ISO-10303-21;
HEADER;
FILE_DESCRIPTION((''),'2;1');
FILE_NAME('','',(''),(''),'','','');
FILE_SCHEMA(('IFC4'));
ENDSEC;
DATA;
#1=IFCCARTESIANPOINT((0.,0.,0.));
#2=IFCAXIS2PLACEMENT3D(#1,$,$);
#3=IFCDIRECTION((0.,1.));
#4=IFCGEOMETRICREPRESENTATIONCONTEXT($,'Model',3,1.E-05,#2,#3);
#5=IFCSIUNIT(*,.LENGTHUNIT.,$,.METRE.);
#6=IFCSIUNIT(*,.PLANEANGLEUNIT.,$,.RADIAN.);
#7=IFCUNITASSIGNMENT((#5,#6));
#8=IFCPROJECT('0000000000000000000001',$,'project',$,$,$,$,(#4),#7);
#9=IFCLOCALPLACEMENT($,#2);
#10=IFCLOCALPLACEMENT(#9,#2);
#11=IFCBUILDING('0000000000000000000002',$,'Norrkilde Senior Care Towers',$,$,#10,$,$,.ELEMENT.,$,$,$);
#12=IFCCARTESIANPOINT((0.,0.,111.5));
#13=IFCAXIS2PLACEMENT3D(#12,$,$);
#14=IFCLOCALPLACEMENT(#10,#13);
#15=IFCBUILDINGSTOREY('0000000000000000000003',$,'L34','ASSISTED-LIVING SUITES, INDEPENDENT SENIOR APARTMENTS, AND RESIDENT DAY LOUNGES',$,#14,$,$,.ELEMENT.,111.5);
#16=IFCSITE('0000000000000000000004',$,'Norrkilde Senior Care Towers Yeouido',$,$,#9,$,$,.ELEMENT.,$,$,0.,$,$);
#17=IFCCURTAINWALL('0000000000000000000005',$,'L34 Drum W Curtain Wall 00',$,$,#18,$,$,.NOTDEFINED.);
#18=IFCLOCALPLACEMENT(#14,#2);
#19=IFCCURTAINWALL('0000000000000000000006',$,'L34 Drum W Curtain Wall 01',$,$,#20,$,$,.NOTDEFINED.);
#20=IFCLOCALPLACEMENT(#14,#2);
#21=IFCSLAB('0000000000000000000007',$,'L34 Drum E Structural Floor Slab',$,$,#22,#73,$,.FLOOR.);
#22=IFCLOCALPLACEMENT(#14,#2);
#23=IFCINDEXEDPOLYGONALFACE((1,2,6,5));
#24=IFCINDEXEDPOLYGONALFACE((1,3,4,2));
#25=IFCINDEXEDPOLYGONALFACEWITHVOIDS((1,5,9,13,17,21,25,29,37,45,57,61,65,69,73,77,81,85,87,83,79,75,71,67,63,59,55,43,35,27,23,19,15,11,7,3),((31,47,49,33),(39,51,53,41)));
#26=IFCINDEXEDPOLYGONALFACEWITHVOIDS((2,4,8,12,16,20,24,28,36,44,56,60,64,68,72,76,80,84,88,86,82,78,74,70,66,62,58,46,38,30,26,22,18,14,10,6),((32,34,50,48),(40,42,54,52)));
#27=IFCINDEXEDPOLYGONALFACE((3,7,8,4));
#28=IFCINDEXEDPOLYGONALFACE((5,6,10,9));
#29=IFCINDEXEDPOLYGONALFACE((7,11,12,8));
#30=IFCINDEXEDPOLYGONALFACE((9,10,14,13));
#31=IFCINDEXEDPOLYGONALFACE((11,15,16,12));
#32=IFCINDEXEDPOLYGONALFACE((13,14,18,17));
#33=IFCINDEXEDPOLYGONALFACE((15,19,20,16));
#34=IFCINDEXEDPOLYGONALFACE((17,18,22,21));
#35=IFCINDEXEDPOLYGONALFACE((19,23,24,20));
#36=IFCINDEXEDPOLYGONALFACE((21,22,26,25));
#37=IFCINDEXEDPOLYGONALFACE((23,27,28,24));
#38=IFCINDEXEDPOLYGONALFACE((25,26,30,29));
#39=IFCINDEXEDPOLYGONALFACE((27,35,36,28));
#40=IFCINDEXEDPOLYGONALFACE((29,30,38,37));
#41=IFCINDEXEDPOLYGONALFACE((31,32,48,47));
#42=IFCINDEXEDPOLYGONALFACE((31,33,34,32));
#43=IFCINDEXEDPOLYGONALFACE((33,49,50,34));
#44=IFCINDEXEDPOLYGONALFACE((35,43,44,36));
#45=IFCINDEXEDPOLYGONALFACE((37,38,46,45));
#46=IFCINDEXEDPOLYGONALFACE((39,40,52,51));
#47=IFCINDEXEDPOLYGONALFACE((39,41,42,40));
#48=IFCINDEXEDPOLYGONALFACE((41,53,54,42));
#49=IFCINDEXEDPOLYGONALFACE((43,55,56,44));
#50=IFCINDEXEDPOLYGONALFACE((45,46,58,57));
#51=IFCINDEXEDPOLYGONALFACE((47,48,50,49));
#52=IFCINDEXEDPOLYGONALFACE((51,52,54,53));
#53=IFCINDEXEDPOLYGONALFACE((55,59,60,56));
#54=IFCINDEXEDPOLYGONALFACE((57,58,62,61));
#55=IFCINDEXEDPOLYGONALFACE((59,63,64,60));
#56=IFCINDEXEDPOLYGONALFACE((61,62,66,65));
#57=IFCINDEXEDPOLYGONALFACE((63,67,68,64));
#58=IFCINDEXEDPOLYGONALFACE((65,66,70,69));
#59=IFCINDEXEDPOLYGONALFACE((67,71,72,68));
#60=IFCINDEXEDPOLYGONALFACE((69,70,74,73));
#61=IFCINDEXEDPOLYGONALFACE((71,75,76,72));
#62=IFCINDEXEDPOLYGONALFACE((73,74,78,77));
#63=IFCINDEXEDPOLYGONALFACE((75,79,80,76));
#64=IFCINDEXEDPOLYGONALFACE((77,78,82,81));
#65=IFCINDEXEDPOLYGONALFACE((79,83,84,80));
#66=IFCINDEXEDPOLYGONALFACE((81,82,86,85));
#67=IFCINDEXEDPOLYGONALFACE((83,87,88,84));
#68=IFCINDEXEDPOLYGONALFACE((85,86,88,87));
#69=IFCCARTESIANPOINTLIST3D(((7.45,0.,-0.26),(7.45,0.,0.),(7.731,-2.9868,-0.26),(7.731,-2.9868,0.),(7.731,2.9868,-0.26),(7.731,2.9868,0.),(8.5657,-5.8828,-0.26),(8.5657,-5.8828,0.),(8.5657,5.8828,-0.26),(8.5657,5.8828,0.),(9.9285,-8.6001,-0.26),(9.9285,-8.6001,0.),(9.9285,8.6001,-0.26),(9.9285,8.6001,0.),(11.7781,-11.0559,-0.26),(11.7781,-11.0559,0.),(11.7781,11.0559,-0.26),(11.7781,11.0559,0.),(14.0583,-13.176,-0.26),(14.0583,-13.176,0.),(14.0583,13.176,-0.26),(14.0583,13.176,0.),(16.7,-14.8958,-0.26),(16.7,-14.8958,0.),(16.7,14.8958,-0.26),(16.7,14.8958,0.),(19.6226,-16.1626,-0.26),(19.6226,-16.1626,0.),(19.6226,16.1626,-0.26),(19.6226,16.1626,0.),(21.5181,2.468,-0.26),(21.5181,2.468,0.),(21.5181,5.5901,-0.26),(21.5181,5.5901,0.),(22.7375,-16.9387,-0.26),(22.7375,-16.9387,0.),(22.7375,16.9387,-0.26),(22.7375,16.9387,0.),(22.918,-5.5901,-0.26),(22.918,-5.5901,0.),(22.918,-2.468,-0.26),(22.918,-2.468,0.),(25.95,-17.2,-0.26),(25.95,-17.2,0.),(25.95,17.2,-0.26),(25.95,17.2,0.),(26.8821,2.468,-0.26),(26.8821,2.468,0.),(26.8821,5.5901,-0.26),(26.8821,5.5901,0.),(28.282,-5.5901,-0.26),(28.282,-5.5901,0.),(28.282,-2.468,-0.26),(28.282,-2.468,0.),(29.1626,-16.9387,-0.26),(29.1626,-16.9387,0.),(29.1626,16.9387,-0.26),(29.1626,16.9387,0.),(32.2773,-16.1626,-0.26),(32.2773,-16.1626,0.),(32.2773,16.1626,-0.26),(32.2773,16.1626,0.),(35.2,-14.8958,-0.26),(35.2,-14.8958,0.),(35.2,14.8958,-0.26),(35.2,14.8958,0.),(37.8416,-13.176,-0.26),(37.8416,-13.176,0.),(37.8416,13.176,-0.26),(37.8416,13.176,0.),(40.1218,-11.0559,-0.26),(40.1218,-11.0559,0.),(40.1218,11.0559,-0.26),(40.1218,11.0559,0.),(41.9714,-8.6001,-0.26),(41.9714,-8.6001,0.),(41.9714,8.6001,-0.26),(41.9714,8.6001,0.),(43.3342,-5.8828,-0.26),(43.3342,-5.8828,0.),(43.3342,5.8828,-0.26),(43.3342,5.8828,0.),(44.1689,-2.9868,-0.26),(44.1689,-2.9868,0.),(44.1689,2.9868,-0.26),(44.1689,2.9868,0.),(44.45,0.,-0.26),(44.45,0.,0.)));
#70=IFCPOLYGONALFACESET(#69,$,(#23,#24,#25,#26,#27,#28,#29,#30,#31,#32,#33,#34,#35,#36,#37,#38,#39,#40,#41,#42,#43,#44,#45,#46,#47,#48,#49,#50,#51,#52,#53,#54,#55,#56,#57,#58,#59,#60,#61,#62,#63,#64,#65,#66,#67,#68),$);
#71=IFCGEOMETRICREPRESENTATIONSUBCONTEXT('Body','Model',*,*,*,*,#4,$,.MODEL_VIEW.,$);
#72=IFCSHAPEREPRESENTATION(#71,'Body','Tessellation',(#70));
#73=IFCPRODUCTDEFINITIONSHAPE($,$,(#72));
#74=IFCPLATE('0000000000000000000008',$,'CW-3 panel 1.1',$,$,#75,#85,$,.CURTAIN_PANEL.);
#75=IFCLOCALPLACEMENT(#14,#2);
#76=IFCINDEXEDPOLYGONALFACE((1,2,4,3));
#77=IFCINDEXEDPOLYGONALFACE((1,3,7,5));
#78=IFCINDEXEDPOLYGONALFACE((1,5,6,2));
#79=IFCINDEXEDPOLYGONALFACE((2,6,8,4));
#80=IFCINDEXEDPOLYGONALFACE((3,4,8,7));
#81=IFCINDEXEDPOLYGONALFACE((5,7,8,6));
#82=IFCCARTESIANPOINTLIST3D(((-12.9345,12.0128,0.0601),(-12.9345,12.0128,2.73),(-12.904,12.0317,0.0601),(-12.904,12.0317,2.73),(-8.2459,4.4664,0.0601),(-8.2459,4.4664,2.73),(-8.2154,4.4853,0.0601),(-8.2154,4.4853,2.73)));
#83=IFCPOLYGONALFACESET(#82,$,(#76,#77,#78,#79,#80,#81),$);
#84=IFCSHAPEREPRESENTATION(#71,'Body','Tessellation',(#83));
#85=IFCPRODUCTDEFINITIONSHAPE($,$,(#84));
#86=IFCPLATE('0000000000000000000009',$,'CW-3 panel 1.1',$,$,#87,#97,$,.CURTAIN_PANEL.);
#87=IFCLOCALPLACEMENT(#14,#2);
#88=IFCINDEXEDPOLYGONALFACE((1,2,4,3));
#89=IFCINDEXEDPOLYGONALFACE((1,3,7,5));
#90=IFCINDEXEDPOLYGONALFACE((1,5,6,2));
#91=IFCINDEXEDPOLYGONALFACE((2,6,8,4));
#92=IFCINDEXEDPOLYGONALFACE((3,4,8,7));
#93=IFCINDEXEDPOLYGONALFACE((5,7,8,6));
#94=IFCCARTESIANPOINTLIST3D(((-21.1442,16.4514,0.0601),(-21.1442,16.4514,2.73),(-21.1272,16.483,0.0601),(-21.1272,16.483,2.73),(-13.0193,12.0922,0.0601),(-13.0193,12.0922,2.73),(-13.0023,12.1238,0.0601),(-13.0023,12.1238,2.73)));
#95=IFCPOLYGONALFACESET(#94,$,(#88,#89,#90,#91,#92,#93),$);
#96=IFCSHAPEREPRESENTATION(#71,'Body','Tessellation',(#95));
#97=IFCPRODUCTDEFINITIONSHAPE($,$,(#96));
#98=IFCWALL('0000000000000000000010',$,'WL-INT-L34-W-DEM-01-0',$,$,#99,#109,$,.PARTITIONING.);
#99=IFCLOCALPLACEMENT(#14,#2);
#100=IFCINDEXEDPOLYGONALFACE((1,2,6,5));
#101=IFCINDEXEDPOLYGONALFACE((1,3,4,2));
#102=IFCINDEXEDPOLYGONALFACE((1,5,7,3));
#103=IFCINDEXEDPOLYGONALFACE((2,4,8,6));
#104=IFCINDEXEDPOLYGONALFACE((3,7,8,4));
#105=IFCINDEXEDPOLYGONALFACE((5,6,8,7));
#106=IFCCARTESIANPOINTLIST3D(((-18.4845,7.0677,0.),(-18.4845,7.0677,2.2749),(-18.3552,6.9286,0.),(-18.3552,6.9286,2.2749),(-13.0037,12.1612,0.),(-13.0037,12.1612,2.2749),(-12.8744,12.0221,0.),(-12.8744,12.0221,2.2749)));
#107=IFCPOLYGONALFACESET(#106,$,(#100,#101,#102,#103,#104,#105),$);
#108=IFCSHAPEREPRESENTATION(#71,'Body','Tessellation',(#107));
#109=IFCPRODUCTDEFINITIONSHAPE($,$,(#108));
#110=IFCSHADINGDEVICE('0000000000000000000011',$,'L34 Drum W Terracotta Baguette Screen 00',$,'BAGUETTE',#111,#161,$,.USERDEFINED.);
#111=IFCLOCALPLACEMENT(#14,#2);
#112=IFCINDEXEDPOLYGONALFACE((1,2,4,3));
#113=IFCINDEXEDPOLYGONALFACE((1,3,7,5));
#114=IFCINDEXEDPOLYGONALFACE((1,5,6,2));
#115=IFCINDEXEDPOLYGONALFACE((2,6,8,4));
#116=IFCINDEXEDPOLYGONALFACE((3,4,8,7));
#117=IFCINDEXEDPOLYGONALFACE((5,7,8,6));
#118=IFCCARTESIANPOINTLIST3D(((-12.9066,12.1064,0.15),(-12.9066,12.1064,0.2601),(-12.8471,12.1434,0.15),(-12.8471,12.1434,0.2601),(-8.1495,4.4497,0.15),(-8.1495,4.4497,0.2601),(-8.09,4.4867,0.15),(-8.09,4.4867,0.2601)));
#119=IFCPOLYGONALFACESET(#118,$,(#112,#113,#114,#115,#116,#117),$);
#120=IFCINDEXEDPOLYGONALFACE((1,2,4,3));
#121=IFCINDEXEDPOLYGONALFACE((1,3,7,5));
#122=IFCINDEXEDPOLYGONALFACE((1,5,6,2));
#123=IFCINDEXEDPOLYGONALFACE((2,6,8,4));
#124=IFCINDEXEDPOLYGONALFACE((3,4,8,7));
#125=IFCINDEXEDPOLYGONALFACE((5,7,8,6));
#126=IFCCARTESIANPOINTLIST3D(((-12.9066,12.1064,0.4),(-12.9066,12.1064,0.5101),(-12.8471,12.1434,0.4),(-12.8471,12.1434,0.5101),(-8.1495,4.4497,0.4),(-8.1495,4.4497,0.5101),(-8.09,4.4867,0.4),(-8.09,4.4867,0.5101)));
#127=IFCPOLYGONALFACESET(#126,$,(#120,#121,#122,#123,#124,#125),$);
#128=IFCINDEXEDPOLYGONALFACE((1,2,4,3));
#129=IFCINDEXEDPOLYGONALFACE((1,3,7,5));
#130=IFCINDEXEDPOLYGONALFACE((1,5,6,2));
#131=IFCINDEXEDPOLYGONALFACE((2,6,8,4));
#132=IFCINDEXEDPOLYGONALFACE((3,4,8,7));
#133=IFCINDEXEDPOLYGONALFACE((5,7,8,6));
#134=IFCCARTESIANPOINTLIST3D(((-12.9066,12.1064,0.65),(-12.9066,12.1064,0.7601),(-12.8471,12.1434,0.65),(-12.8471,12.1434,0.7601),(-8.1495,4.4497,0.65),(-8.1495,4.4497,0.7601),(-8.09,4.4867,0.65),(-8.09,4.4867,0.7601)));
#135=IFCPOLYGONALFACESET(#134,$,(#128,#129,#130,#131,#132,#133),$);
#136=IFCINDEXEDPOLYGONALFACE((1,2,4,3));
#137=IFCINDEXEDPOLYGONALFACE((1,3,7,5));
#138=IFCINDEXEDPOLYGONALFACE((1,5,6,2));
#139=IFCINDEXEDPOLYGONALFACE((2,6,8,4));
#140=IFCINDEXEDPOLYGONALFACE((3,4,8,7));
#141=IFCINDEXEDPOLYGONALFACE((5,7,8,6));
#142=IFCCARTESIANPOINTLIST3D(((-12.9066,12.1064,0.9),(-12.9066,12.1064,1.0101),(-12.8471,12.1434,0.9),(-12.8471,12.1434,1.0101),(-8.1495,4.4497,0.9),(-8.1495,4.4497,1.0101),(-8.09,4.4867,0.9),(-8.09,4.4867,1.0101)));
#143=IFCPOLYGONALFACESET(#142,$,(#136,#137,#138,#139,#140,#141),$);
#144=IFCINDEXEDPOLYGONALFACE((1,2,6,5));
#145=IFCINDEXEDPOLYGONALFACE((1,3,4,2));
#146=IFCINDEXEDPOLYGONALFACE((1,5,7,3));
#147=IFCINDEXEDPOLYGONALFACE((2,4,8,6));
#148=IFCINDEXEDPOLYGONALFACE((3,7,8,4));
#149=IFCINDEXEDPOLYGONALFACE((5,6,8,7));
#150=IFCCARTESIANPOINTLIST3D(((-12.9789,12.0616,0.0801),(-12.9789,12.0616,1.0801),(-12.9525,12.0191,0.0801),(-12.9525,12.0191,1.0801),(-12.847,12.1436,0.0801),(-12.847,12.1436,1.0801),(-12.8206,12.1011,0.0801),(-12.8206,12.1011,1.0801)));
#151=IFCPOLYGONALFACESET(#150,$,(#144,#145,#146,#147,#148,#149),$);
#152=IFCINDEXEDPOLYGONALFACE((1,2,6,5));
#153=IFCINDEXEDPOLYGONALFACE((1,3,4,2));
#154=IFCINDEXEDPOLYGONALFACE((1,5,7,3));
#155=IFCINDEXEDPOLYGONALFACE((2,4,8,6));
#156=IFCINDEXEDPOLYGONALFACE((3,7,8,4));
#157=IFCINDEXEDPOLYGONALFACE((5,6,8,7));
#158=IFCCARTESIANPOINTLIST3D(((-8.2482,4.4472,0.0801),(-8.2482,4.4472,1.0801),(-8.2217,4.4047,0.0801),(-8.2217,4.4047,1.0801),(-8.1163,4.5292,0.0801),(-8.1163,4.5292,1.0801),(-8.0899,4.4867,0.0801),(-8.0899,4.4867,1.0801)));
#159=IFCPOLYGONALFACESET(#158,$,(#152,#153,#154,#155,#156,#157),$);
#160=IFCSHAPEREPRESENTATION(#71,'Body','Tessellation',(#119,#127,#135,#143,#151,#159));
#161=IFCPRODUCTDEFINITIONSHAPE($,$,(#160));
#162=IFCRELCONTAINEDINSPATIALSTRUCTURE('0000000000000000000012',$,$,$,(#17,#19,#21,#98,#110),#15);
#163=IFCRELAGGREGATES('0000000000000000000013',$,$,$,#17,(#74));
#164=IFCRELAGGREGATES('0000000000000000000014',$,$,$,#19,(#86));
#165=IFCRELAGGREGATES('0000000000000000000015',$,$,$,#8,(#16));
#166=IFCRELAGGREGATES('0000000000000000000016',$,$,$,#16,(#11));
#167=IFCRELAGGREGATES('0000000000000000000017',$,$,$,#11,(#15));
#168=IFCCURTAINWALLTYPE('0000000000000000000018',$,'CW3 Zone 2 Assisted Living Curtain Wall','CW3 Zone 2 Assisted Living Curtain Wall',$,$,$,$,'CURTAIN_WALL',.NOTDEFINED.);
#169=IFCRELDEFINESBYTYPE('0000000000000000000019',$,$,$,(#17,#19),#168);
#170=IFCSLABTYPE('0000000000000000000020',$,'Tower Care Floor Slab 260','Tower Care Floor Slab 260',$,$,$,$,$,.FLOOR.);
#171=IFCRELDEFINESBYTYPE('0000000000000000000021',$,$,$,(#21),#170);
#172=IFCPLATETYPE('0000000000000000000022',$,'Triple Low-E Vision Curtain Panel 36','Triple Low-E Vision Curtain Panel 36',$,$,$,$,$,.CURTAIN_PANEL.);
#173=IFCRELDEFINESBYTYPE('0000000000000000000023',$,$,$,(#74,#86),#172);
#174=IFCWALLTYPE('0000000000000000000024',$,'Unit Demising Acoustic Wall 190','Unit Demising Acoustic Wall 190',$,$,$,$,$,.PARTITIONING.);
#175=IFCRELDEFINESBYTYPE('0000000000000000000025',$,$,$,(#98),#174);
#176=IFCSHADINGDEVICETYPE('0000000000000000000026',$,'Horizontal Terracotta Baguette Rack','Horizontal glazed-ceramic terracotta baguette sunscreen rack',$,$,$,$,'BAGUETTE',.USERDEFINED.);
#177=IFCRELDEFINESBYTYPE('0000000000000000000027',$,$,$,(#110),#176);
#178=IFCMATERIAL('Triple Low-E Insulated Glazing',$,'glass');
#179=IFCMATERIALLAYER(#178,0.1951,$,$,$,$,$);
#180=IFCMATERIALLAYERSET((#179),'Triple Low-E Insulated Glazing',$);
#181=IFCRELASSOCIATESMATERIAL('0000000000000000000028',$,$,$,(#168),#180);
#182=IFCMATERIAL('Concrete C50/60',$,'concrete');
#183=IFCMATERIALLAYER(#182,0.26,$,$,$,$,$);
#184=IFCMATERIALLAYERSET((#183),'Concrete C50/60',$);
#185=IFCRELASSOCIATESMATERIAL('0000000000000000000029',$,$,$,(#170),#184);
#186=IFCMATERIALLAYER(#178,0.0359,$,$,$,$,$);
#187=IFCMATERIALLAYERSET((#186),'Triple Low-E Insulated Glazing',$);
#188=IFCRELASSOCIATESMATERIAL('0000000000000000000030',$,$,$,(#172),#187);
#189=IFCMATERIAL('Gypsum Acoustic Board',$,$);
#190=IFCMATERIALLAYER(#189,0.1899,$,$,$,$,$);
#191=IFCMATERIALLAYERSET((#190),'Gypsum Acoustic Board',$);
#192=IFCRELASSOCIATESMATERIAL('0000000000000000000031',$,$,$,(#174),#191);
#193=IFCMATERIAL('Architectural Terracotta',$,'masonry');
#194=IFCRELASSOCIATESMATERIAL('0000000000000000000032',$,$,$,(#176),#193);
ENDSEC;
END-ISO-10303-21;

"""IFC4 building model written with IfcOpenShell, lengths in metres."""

from ifc_helpers import new_model, si_unit, direction, frame, frame_2d, origin, origin_2d, place, context, subcontext, project, spatial, polyline, rectangle, outline, extrude, source, transform, mapped, material, layer, layer_set, type_object, type_shapes, element, aggregate, save


model = new_model("IFC4")

# Units and contexts
model_context = context("Model", 3, precision=1e-05, world=origin(), true_north=direction((0.0, 1.0)))
body_context = subcontext(model_context, "Body", "Model", "MODEL_VIEW")
ifc_project = project(units=[si_unit("LENGTHUNIT", "METRE"), si_unit("PLANEANGLEUNIT", "RADIAN")], contexts=[model_context])

# Site, building, storey
site_placement = place(None, origin())
site = spatial("IfcSite", under=ifc_project, at=site_placement, Name="Norrkilde Senior Care Towers Yeouido", CompositionType="ELEMENT", RefElevation=0.0)
building_placement = place(site_placement, origin())
building = spatial("IfcBuilding", under=site, at=building_placement, Name="Norrkilde Senior Care Towers", CompositionType="ELEMENT")
storey_placement = place(building_placement, frame((0.0, 0.0, 111.5)))
storey = spatial("IfcBuildingStorey", under=building, at=storey_placement, Name="L34", Description="ASSISTED-LIVING SUITES, INDEPENDENT SENIOR APARTMENTS, AND RESIDENT DAY LOUNGES", CompositionType="ELEMENT", Elevation=111.5)

# Curtain wall
ifc_material_1 = material(Name="Triple Low-E Insulated Glazing", Category="glass")
ifc_layer_1 = layer(ifc_material_1, 0.1951)
ifc_layer_set_1 = layer_set([ifc_layer_1], Name="Triple Low-E Insulated Glazing")
curtain_wall_type = type_object("IfcCurtainWallType", Name="CW3 Zone 2 Assisted Living Curtain Wall", Description="CW3 Zone 2 Assisted Living Curtain Wall", ElementType="CURTAIN_WALL", PredefinedType="NOTDEFINED", material=ifc_layer_set_1)
curtain_wall_1_placement = place(storey_placement, origin())
curtain_wall_1 = element("IfcCurtainWall", 1, at=curtain_wall_1_placement, inside=storey, type_object=curtain_wall_type, Name="L34 Drum W Curtain Wall 00", PredefinedType="NOTDEFINED")

# Curtain wall
curtain_wall_2_placement = place(storey_placement, origin())
curtain_wall_2 = element("IfcCurtainWall", 2, at=curtain_wall_2_placement, inside=storey, type_object=curtain_wall_type, Name="L34 Drum W Curtain Wall 01", PredefinedType="NOTDEFINED")

# Shared definitions
ifc_material_2 = material(Name="Concrete C50/60", Category="concrete")

# Slab
ifc_layer_2 = layer(ifc_material_2, 0.26)
ifc_layer_set_2 = layer_set([ifc_layer_2], Name="Concrete C50/60")
slab_type_1 = type_object("IfcSlabType", Name="Tower Care Floor Slab 260", Description="Tower Care Floor Slab 260", PredefinedType="FLOOR", material=ifc_layer_set_2)
slab_1_placement = place(storey_placement, frame((0.0, 0.0, -0.26)))
element("IfcSlab", 3, at=slab_1_placement, inside=storey, type_object=slab_type_1, Name="L34 Drum E Structural Floor Slab", PredefinedType="FLOOR", context=body_context, shape_type="SweptSolid", body=[
    extrude(outline(polyline([(43.3342, -5.8828), (41.9714, -8.6001), (40.1218, -11.0559), (37.8416, -13.176), (35.2, -14.8958), (32.2773, -16.1626), (29.1626, -16.9387), (25.95, -17.2), (22.7375, -16.9387), (19.6226, -16.1626), (16.7, -14.8958), (14.0583, -13.176), (11.7781, -11.0559), (9.9285, -8.6001), (8.5657, -5.8828), (7.731, -2.9868), (7.45, 0.0), (7.731, 2.9868), (8.5657, 5.8828), (9.9285, 8.6001), (11.7781, 11.0559), (14.0583, 13.176), (16.7, 14.8958), (19.6226, 16.1626), (22.7375, 16.9387), (25.95, 17.2), (29.1626, 16.9387), (32.2773, 16.1626), (35.2, 14.8958), (37.8416, 13.176), (40.1218, 11.0559), (41.9714, 8.6001), (43.3342, 5.8828), (44.1689, 2.9868), (44.45, 0.0), (44.1689, -2.9868), (43.3342, -5.8828)]), holes=[polyline([(21.5181, 2.468), (26.8821, 2.468), (26.8821, 5.5901), (21.5181, 5.5901), (21.5181, 2.468)]), polyline([(28.282, -5.5901), (28.282, -2.468), (22.918, -2.468), (22.918, -5.5901), (28.282, -5.5901)])]), origin(), (0.0, 0.0, 1.0), 0.26),
])

# Plates
ifc_layer_3 = layer(ifc_material_1, 0.0359)
ifc_layer_set_3 = layer_set([ifc_layer_3], Name="Triple Low-E Insulated Glazing")
plate_type = type_object("IfcPlateType", Name="Triple Low-E Vision Curtain Panel 36", Description="Triple Low-E Vision Curtain Panel 36", PredefinedType="CURTAIN_PANEL", material=ifc_layer_set_3)
shared_shape_1 = source(origin(), body_context, "Body", "SweptSolid", [
    extrude(rectangle(XDim=8.8843, YDim=0.0359, at=origin_2d()), origin(), (0.0, 0.0, 1.0), 2.6699),
])
plate_1_placement = place(storey_placement, frame((-10.575, 8.249, 0.0601), z_axis=(0.0, 0.0, 1.0), x_axis=(0.527733, -0.84941, 0.0)))
plate_1 = element("IfcPlate", 4, at=plate_1_placement, type_object=plate_type, Name="CW-3 panel 1.1", PredefinedType="CURTAIN_PANEL", context=body_context, shape_type="MappedRepresentation", body=[
    mapped(shared_shape_1, transform((0.0, 0.0, 0.0), x_axis=(1.0, 0.0, 0.0), y_axis=(0.0, 1.0, 0.0), z_axis=(0.0, 0.0, 1.0), scale=1.0)),
])
aggregate(curtain_wall_1, [plate_1])
shared_shape_2 = source(origin(), body_context, "Body", "SweptSolid", [
    extrude(rectangle(XDim=9.2205, YDim=0.0359, at=origin_2d()), origin(), (0.0, 0.0, 1.0), 2.6699),
])
type_shapes(plate_type, [shared_shape_1, shared_shape_2])
plate_2_placement = place(storey_placement, frame((-17.0732, 14.2876, 0.0601), z_axis=(0.0, 0.0, 1.0), x_axis=(0.881186, -0.472769, 0.0)))
plate_2 = element("IfcPlate", 5, at=plate_2_placement, type_object=plate_type, Name="CW-3 panel 1.1", PredefinedType="CURTAIN_PANEL", context=body_context, shape_type="MappedRepresentation", body=[
    mapped(shared_shape_2, transform((0.0, 0.0, 0.0), x_axis=(1.0, 0.0, 0.0), y_axis=(0.0, 1.0, 0.0), z_axis=(0.0, 0.0, 1.0), scale=1.0)),
])
aggregate(curtain_wall_2, [plate_2])

# Wall
ifc_material_3 = material(Name="Gypsum Acoustic Board")
ifc_layer_4 = layer(ifc_material_3, 0.1899)
ifc_layer_set_4 = layer_set([ifc_layer_4], Name="Gypsum Acoustic Board")
wall_type = type_object("IfcWallType", Name="Unit Demising Acoustic Wall 190", Description="Unit Demising Acoustic Wall 190", PredefinedType="PARTITIONING", material=ifc_layer_set_4)
shared_shape_3 = source(origin(), body_context, "Body", "SweptSolid", [
    extrude(rectangle(XDim=7.4822, YDim=0.1899, at=frame_2d((3.7412, 0.0))), origin(), (0.0, 0.0, 1.0), 2.2749),
])
type_shapes(wall_type, [shared_shape_3])
wall_placement = place(storey_placement, frame((-18.4199, 6.998, 0.0), z_axis=(0.0, 0.0, 1.0), x_axis=(0.732509, 0.680758, 0.0)))
element("IfcWall", 6, at=wall_placement, inside=storey, type_object=wall_type, Name="WL-INT-L34-W-DEM-01-0", PredefinedType="PARTITIONING", context=body_context, shape_type="MappedRepresentation", body=[
    mapped(shared_shape_3, transform((0.0, 0.0, 0.0), x_axis=(1.0, 0.0, 0.0), y_axis=(0.0, 1.0, 0.0), z_axis=(0.0, 0.0, 1.0), scale=1.0)),
])

# Shading device
ifc_material_4 = material(Name="Architectural Terracotta", Category="masonry")
shading_device_type = type_object("IfcShadingDeviceType", Name="Horizontal Terracotta Baguette Rack", Description="Horizontal glazed-ceramic terracotta baguette sunscreen rack", ElementType="BAGUETTE", PredefinedType="USERDEFINED", material=ifc_material_4)
shared_shape_4 = source(origin(), body_context, "Body", "SweptSolid", [
    extrude(rectangle(XDim=0.0701, YDim=0.1101, at=origin_2d()), frame((0.0, 0.0901, 0.125), z_axis=(1.0, 0.0, 0.0), x_axis=(0.0, 1.0, 0.0)), (0.0, 0.0, 1.0), 9.0142),
    extrude(rectangle(XDim=0.0701, YDim=0.1101, at=origin_2d()), frame((0.0, 0.0901, 0.375), z_axis=(1.0, 0.0, 0.0), x_axis=(0.0, 1.0, 0.0)), (0.0, 0.0, 1.0), 9.0142),
    extrude(rectangle(XDim=0.0701, YDim=0.1101, at=origin_2d()), frame((0.0, 0.0901, 0.625), z_axis=(1.0, 0.0, 0.0), x_axis=(0.0, 1.0, 0.0)), (0.0, 0.0, 1.0), 9.0142),
    extrude(rectangle(XDim=0.0701, YDim=0.1101, at=origin_2d()), frame((0.0, 0.0901, 0.875), z_axis=(1.0, 0.0, 0.0), x_axis=(0.0, 1.0, 0.0)), (0.0, 0.0, 1.0), 9.0142),
    extrude(rectangle(XDim=0.05, YDim=0.1553, at=origin_2d()), frame((0.0249, 0.0476, 0.0)), (0.0, 0.0, 1.0), 1.0),
    extrude(rectangle(XDim=0.05, YDim=0.1553, at=origin_2d()), frame((8.9893, 0.0476, 0.0)), (0.0, 0.0, 1.0), 1.0),
])
type_shapes(shading_device_type, [shared_shape_4])
shading_device_placement = place(storey_placement, frame((-12.9534, 12.0774, 0.0801), z_axis=(0.0, 0.0, 1.0), x_axis=(0.527734, -0.849412, 0.0)))
element("IfcShadingDevice", 7, at=shading_device_placement, inside=storey, type_object=shading_device_type, Name="L34 Drum W Terracotta Baguette Screen 00", ObjectType="BAGUETTE", PredefinedType="USERDEFINED", context=body_context, shape_type="MappedRepresentation", body=[
    mapped(shared_shape_4, transform((0.0, 0.0, 0.0), x_axis=(1.0, 0.0, 0.0), y_axis=(0.0, 1.0, 0.0), z_axis=(0.0, 0.0, 1.0), scale=1.0)),
])

save(model, "model.ifc")
